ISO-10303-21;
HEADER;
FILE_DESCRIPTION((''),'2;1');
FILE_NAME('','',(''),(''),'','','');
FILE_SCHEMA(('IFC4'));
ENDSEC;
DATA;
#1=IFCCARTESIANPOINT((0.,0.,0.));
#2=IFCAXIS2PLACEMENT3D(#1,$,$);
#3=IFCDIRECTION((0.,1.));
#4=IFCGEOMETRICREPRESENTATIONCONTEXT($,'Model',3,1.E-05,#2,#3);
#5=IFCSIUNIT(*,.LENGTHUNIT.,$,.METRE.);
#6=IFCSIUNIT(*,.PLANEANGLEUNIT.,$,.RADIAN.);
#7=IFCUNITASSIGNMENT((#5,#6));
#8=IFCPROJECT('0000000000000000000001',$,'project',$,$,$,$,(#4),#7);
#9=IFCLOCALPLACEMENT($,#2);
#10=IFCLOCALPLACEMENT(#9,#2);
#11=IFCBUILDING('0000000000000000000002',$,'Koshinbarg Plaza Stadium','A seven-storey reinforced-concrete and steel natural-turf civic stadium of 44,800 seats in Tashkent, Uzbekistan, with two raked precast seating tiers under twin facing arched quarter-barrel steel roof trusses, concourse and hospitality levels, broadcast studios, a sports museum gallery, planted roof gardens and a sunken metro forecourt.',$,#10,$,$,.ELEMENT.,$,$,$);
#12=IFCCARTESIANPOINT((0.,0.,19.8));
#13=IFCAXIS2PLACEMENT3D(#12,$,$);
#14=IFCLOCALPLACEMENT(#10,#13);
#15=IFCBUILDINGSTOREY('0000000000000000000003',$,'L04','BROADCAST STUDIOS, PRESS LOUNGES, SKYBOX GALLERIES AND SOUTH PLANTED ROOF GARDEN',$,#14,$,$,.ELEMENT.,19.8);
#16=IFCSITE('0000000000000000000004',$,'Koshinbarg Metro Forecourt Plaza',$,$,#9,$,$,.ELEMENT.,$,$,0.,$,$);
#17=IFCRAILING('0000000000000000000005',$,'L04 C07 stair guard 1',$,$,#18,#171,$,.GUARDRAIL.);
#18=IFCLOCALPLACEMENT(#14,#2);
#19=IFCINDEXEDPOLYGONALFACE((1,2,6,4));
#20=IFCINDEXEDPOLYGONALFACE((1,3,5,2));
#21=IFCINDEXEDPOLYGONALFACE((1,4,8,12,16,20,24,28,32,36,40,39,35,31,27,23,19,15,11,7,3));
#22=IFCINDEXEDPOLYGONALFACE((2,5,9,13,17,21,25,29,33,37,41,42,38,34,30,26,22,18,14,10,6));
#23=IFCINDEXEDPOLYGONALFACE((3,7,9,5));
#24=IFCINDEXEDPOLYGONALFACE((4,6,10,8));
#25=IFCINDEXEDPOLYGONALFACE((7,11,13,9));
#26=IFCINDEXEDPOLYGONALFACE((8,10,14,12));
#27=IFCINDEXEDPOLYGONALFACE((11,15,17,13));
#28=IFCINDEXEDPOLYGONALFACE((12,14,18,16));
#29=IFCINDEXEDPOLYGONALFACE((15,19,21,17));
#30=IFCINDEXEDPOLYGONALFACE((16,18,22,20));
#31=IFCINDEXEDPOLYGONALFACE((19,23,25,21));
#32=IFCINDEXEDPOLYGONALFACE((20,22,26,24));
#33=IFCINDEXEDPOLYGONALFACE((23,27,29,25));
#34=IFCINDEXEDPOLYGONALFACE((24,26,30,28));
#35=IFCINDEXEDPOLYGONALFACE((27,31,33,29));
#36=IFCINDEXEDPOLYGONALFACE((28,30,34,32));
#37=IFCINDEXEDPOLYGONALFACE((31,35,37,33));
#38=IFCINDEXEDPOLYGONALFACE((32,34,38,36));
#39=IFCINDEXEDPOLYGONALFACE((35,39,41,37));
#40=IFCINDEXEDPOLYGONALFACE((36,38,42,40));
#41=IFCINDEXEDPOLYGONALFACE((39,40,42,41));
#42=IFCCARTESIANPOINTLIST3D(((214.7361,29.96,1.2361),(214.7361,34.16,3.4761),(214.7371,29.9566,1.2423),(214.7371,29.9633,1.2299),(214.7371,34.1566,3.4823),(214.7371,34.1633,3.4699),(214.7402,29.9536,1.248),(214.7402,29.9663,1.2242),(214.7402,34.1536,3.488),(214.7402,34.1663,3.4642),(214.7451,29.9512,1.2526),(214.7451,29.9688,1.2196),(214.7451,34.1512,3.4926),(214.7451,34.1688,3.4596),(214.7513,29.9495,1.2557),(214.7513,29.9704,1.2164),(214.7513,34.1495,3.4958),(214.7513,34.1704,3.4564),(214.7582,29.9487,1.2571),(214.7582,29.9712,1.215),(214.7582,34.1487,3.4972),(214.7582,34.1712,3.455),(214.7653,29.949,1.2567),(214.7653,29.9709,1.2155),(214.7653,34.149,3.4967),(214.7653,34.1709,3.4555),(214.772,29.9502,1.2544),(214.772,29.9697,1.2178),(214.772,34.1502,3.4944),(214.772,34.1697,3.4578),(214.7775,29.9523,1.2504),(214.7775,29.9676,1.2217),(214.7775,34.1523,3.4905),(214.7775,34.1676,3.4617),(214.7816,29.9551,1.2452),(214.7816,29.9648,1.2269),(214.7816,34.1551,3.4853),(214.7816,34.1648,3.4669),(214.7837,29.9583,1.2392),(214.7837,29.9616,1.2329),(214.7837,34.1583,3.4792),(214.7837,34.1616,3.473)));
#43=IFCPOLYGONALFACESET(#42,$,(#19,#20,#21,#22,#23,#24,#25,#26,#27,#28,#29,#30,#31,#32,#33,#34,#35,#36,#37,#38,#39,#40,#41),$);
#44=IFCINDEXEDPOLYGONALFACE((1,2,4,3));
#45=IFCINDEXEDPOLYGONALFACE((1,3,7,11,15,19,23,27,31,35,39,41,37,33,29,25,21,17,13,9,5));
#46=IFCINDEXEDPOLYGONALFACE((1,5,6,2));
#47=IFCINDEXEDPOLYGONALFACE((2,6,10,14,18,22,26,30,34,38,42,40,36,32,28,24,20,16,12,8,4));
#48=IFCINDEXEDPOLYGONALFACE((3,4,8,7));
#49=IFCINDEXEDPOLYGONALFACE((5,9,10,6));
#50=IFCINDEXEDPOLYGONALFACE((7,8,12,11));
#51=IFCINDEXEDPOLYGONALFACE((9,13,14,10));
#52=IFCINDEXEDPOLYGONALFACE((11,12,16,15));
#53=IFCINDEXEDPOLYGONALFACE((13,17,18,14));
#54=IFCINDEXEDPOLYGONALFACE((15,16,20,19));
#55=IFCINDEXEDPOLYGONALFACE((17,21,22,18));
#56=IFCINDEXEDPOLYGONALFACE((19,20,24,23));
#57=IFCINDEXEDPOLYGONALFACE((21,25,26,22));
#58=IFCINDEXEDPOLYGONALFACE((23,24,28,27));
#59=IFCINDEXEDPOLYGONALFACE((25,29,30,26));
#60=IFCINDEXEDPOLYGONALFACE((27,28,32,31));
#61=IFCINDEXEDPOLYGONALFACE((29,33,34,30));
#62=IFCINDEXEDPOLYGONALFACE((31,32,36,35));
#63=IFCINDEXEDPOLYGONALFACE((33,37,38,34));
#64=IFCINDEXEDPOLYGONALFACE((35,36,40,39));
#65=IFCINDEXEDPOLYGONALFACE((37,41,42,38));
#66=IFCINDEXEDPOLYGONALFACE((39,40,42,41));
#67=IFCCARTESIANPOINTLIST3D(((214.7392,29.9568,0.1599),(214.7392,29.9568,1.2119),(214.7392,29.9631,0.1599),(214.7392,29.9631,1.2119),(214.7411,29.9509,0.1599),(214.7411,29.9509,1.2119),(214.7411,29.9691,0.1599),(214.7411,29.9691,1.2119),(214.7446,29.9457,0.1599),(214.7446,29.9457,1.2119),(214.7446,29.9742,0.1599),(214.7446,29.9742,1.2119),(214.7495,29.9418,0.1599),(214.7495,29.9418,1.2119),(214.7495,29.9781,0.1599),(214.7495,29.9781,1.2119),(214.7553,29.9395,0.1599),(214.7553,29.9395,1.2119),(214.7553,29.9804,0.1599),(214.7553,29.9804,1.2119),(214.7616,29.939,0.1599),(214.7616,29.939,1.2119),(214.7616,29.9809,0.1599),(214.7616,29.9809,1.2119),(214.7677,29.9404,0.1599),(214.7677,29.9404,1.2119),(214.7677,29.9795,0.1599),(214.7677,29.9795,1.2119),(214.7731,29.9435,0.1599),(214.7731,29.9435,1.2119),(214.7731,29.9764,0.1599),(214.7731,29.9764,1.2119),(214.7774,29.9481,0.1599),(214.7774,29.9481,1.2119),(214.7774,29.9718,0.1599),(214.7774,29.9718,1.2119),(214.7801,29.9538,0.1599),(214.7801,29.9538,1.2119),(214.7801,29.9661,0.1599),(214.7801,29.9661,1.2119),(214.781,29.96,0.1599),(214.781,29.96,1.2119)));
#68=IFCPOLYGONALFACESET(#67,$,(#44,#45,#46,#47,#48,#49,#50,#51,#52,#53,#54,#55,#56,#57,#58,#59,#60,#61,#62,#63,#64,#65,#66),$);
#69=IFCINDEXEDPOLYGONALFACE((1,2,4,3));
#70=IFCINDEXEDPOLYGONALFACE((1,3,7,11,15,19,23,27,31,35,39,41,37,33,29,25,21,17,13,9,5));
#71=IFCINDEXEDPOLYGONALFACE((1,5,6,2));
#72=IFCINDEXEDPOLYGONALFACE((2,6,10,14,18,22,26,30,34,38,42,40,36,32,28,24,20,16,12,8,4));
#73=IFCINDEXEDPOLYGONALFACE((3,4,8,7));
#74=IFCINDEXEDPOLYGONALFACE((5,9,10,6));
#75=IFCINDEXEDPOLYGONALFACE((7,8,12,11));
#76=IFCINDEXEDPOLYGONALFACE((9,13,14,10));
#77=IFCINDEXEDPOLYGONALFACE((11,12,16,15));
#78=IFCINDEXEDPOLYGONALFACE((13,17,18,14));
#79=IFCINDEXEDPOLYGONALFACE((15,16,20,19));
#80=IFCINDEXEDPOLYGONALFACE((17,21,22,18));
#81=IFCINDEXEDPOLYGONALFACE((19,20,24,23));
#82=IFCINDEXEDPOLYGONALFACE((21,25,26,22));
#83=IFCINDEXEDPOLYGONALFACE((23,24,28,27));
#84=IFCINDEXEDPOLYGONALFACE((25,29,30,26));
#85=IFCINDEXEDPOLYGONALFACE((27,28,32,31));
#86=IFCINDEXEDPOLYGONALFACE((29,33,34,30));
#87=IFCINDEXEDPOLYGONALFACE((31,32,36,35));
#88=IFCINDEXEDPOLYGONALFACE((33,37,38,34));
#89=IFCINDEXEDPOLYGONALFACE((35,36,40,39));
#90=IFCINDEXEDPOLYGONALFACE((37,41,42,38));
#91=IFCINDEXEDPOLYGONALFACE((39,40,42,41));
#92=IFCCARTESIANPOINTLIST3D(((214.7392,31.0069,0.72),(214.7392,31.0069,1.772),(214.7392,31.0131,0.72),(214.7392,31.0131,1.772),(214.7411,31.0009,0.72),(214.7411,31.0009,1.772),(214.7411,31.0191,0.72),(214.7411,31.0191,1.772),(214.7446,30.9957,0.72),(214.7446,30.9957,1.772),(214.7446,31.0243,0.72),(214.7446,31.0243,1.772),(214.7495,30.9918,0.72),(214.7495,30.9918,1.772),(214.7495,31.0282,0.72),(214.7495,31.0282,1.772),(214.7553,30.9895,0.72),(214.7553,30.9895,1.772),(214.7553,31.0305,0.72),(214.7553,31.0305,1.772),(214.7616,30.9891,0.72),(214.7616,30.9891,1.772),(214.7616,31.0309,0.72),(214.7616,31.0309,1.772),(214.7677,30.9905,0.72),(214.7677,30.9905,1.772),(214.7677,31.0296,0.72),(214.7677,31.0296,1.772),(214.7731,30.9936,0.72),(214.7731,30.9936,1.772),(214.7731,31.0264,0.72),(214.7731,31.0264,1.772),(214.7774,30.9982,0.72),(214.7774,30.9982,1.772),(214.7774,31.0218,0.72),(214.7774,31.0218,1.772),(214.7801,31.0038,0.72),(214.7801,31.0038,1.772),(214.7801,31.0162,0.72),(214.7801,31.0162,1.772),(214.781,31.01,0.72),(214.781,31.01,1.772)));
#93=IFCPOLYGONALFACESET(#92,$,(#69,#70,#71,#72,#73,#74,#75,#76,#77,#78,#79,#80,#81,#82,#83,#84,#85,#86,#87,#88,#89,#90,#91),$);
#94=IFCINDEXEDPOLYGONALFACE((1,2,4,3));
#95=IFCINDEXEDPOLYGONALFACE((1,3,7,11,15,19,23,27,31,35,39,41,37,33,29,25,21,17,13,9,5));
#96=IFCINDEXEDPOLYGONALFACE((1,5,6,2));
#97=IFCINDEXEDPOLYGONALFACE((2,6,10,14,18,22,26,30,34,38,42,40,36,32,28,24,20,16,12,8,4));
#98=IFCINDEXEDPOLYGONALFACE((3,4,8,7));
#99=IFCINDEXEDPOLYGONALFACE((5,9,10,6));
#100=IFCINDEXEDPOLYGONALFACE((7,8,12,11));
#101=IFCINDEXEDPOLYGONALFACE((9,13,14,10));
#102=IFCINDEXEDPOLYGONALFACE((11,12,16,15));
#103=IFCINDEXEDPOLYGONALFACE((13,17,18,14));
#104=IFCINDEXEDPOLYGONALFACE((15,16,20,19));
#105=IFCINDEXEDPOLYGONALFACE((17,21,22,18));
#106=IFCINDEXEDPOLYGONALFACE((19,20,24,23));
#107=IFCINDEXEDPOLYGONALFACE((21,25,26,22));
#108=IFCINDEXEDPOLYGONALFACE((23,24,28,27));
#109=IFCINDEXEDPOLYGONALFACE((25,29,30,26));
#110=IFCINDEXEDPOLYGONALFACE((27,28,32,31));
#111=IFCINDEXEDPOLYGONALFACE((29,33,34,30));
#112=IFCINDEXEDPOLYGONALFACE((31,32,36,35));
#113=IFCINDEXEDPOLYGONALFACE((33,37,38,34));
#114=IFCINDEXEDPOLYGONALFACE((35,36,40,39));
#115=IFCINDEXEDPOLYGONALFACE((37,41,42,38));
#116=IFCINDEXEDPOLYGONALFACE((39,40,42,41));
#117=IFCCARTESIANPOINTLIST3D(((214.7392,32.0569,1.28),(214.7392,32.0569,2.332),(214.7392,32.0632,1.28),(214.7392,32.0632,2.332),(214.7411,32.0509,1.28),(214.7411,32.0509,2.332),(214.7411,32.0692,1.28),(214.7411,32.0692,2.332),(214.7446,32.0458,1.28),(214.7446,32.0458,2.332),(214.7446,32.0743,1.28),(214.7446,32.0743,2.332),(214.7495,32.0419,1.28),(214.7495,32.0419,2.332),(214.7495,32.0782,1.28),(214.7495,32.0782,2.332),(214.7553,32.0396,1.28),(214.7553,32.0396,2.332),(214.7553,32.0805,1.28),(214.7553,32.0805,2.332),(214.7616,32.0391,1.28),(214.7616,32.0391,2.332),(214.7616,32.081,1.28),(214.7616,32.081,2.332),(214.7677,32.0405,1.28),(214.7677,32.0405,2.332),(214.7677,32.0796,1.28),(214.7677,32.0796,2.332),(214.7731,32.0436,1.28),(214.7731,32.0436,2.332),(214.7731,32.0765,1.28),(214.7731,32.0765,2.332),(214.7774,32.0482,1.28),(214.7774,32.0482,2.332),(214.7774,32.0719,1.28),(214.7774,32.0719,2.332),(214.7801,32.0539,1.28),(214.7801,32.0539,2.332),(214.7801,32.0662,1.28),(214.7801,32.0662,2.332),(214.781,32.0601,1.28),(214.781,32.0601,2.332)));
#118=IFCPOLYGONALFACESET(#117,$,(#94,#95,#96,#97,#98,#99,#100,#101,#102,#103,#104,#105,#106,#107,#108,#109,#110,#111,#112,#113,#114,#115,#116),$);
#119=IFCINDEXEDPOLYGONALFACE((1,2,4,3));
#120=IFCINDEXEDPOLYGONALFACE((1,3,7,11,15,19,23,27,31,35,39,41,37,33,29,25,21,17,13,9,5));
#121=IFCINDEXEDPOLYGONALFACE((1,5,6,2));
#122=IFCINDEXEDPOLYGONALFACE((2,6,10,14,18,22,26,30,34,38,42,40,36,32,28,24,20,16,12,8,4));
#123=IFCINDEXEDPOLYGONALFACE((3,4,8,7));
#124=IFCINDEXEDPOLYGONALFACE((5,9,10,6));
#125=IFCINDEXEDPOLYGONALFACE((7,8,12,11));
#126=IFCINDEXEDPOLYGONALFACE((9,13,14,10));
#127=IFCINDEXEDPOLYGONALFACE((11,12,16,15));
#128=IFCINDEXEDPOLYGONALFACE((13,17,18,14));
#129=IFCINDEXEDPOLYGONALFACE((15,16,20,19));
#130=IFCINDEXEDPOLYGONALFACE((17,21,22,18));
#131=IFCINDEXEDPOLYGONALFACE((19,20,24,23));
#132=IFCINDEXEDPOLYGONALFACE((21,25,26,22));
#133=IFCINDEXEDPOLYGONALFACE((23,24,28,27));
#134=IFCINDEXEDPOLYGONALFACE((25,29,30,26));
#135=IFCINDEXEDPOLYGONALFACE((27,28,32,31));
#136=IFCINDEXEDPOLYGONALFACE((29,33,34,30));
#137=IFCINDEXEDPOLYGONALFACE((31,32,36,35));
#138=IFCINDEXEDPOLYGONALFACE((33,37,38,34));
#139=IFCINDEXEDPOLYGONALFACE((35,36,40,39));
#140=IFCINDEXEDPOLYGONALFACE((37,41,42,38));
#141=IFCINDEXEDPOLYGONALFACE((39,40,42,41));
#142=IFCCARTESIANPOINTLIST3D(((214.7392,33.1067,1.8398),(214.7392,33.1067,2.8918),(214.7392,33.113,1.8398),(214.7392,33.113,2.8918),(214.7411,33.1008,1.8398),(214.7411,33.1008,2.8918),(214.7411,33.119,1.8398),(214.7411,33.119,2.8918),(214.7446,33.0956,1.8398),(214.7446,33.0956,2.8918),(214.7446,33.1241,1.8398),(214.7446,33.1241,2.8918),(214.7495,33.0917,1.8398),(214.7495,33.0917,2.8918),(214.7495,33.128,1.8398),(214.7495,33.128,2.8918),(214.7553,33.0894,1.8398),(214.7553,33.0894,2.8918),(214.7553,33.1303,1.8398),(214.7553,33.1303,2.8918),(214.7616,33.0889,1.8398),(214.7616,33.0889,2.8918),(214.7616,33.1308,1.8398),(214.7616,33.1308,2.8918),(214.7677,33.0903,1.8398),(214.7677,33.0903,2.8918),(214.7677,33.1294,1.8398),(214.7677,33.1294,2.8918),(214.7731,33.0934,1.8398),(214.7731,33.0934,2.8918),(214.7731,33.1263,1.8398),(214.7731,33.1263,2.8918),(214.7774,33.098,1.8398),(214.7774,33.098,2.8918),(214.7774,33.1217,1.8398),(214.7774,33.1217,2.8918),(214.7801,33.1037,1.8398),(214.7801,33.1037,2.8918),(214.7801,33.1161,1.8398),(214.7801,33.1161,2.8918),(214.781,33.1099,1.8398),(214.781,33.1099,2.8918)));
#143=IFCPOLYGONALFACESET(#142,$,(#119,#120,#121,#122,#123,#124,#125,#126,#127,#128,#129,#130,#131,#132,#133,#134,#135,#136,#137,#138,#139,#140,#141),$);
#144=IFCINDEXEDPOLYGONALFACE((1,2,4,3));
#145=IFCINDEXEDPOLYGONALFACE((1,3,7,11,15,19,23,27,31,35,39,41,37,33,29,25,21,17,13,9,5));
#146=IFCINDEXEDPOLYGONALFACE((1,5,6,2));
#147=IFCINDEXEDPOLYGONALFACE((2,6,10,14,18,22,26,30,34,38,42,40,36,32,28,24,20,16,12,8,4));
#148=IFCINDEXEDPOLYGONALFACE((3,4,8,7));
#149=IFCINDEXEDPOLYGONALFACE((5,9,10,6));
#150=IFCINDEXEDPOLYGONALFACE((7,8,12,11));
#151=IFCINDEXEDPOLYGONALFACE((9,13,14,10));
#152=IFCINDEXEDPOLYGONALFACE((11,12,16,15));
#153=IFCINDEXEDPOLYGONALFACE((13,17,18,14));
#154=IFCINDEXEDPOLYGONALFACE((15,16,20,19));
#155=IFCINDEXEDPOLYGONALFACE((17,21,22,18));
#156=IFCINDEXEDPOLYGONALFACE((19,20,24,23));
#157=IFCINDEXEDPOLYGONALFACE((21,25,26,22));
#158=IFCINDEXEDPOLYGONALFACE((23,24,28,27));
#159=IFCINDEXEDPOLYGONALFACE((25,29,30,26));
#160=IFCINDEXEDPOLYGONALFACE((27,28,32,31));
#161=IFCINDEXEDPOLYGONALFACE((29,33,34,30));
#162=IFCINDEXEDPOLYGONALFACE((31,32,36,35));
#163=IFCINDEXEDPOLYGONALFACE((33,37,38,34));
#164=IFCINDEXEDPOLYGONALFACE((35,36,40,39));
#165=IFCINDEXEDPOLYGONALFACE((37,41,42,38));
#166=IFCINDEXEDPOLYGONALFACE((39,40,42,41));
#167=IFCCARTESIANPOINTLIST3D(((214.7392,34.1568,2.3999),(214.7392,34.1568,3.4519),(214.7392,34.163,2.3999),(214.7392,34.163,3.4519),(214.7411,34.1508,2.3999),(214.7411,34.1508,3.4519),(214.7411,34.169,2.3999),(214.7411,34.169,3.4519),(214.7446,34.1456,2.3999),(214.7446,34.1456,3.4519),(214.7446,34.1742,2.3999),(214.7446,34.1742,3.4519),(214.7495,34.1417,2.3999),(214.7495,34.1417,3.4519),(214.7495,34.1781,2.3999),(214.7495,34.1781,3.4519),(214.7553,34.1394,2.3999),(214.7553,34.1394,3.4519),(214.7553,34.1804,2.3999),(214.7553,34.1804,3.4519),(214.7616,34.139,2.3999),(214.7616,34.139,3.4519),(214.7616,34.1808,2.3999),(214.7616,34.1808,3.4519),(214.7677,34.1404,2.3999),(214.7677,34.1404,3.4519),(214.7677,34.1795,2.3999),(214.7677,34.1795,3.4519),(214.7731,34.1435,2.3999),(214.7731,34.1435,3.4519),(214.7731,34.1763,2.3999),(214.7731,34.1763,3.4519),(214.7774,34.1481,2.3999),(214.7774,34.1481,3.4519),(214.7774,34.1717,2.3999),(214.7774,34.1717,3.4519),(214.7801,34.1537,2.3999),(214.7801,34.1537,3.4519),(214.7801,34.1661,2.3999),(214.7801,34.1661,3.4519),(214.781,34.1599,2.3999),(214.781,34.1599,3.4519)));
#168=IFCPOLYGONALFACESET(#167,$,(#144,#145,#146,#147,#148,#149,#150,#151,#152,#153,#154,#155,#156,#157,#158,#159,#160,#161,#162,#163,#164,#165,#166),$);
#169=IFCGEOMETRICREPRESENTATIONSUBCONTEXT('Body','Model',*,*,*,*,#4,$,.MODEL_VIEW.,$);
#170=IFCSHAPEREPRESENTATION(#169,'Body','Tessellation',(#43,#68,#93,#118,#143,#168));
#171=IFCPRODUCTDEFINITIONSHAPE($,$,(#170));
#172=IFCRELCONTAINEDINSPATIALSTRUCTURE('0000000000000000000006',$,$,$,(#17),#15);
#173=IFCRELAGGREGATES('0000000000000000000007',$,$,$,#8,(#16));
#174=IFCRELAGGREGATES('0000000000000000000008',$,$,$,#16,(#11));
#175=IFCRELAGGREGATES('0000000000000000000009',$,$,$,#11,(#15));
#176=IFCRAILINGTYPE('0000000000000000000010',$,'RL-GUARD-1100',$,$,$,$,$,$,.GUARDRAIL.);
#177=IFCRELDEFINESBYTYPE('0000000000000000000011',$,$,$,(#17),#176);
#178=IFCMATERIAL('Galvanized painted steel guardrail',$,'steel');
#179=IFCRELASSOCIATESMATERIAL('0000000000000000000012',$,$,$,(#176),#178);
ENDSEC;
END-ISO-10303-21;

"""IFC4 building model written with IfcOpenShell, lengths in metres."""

from ifc_helpers import new_model, si_unit, direction, frame, origin, origin_2d, place, context, subcontext, project, spatial, circle, extrude, material, type_object, element, save


model = new_model("IFC4")

# Units and contexts
model_context = context("Model", 3, precision=1e-05, world=origin(), true_north=direction((0.0, 1.0)))
body_context = subcontext(model_context, "Body", "Model", "MODEL_VIEW")
ifc_project = project(units=[si_unit("LENGTHUNIT", "METRE"), si_unit("PLANEANGLEUNIT", "RADIAN")], contexts=[model_context])

# Site, building, storey
site_placement = place(None, origin())
site = spatial("IfcSite", under=ifc_project, at=site_placement, Name="Koshinbarg Metro Forecourt Plaza", CompositionType="ELEMENT", RefElevation=0.0)
building_placement = place(site_placement, origin())
building = spatial("IfcBuilding", under=site, at=building_placement, Name="Koshinbarg Plaza Stadium", Description="A seven-storey reinforced-concrete and steel natural-turf civic stadium of 44,800 seats in Tashkent, Uzbekistan, with two raked precast seating tiers under twin facing arched quarter-barrel steel roof trusses, concourse and hospitality levels, broadcast studios, a sports museum gallery, planted roof gardens and a sunken metro forecourt.", CompositionType="ELEMENT")
storey_placement = place(building_placement, frame((0.0, 0.0, 19.8)))
storey = spatial("IfcBuildingStorey", under=building, at=storey_placement, Name="L04", Description="BROADCAST STUDIOS, PRESS LOUNGES, SKYBOX GALLERIES AND SOUTH PLANTED ROOF GARDEN", CompositionType="ELEMENT", Elevation=19.8)

# Railing
ifc_material_1 = material(Name="Galvanized painted steel guardrail", Category="steel")
railing_type_1 = type_object("IfcRailingType", Name="RL-GUARD-1100", PredefinedType="GUARDRAIL", material=ifc_material_1)
railing_1_placement = place(storey_placement, frame((214.76, 29.96, 0.1599)))
element("IfcRailing", 1, at=railing_1_placement, inside=storey, type_object=railing_type_1, Name="L04 C07 stair guard 1", PredefinedType="GUARDRAIL", context=body_context, shape_type="SweptSolid", body=[
    extrude(circle(Radius=0.0239, at=origin_2d()), frame((0.0, 0.0, 1.0762), z_axis=(0.0, 0.882352, 0.470591), x_axis=(-1.0, 0.0, 0.0)), (0.0, 0.0, 1.0), 4.76),
    extrude(circle(Radius=0.021, at=origin_2d()), origin(), (0.0, 0.0, 1.0), 1.052),
    extrude(circle(Radius=0.021, at=origin_2d()), frame((0.0, 1.05, 0.5601)), (0.0, 0.0, 1.0), 1.052),
    extrude(circle(Radius=0.021, at=origin_2d()), frame((0.0, 2.1001, 1.1201)), (0.0, 0.0, 1.0), 1.052),
    extrude(circle(Radius=0.021, at=origin_2d()), frame((0.0, 3.1499, 1.6799)), (0.0, 0.0, 1.0), 1.052),
    extrude(circle(Radius=0.021, at=origin_2d()), frame((0.0, 4.2, 2.24)), (0.0, 0.0, 1.0), 1.052),
])

save(model, "model.ifc")
